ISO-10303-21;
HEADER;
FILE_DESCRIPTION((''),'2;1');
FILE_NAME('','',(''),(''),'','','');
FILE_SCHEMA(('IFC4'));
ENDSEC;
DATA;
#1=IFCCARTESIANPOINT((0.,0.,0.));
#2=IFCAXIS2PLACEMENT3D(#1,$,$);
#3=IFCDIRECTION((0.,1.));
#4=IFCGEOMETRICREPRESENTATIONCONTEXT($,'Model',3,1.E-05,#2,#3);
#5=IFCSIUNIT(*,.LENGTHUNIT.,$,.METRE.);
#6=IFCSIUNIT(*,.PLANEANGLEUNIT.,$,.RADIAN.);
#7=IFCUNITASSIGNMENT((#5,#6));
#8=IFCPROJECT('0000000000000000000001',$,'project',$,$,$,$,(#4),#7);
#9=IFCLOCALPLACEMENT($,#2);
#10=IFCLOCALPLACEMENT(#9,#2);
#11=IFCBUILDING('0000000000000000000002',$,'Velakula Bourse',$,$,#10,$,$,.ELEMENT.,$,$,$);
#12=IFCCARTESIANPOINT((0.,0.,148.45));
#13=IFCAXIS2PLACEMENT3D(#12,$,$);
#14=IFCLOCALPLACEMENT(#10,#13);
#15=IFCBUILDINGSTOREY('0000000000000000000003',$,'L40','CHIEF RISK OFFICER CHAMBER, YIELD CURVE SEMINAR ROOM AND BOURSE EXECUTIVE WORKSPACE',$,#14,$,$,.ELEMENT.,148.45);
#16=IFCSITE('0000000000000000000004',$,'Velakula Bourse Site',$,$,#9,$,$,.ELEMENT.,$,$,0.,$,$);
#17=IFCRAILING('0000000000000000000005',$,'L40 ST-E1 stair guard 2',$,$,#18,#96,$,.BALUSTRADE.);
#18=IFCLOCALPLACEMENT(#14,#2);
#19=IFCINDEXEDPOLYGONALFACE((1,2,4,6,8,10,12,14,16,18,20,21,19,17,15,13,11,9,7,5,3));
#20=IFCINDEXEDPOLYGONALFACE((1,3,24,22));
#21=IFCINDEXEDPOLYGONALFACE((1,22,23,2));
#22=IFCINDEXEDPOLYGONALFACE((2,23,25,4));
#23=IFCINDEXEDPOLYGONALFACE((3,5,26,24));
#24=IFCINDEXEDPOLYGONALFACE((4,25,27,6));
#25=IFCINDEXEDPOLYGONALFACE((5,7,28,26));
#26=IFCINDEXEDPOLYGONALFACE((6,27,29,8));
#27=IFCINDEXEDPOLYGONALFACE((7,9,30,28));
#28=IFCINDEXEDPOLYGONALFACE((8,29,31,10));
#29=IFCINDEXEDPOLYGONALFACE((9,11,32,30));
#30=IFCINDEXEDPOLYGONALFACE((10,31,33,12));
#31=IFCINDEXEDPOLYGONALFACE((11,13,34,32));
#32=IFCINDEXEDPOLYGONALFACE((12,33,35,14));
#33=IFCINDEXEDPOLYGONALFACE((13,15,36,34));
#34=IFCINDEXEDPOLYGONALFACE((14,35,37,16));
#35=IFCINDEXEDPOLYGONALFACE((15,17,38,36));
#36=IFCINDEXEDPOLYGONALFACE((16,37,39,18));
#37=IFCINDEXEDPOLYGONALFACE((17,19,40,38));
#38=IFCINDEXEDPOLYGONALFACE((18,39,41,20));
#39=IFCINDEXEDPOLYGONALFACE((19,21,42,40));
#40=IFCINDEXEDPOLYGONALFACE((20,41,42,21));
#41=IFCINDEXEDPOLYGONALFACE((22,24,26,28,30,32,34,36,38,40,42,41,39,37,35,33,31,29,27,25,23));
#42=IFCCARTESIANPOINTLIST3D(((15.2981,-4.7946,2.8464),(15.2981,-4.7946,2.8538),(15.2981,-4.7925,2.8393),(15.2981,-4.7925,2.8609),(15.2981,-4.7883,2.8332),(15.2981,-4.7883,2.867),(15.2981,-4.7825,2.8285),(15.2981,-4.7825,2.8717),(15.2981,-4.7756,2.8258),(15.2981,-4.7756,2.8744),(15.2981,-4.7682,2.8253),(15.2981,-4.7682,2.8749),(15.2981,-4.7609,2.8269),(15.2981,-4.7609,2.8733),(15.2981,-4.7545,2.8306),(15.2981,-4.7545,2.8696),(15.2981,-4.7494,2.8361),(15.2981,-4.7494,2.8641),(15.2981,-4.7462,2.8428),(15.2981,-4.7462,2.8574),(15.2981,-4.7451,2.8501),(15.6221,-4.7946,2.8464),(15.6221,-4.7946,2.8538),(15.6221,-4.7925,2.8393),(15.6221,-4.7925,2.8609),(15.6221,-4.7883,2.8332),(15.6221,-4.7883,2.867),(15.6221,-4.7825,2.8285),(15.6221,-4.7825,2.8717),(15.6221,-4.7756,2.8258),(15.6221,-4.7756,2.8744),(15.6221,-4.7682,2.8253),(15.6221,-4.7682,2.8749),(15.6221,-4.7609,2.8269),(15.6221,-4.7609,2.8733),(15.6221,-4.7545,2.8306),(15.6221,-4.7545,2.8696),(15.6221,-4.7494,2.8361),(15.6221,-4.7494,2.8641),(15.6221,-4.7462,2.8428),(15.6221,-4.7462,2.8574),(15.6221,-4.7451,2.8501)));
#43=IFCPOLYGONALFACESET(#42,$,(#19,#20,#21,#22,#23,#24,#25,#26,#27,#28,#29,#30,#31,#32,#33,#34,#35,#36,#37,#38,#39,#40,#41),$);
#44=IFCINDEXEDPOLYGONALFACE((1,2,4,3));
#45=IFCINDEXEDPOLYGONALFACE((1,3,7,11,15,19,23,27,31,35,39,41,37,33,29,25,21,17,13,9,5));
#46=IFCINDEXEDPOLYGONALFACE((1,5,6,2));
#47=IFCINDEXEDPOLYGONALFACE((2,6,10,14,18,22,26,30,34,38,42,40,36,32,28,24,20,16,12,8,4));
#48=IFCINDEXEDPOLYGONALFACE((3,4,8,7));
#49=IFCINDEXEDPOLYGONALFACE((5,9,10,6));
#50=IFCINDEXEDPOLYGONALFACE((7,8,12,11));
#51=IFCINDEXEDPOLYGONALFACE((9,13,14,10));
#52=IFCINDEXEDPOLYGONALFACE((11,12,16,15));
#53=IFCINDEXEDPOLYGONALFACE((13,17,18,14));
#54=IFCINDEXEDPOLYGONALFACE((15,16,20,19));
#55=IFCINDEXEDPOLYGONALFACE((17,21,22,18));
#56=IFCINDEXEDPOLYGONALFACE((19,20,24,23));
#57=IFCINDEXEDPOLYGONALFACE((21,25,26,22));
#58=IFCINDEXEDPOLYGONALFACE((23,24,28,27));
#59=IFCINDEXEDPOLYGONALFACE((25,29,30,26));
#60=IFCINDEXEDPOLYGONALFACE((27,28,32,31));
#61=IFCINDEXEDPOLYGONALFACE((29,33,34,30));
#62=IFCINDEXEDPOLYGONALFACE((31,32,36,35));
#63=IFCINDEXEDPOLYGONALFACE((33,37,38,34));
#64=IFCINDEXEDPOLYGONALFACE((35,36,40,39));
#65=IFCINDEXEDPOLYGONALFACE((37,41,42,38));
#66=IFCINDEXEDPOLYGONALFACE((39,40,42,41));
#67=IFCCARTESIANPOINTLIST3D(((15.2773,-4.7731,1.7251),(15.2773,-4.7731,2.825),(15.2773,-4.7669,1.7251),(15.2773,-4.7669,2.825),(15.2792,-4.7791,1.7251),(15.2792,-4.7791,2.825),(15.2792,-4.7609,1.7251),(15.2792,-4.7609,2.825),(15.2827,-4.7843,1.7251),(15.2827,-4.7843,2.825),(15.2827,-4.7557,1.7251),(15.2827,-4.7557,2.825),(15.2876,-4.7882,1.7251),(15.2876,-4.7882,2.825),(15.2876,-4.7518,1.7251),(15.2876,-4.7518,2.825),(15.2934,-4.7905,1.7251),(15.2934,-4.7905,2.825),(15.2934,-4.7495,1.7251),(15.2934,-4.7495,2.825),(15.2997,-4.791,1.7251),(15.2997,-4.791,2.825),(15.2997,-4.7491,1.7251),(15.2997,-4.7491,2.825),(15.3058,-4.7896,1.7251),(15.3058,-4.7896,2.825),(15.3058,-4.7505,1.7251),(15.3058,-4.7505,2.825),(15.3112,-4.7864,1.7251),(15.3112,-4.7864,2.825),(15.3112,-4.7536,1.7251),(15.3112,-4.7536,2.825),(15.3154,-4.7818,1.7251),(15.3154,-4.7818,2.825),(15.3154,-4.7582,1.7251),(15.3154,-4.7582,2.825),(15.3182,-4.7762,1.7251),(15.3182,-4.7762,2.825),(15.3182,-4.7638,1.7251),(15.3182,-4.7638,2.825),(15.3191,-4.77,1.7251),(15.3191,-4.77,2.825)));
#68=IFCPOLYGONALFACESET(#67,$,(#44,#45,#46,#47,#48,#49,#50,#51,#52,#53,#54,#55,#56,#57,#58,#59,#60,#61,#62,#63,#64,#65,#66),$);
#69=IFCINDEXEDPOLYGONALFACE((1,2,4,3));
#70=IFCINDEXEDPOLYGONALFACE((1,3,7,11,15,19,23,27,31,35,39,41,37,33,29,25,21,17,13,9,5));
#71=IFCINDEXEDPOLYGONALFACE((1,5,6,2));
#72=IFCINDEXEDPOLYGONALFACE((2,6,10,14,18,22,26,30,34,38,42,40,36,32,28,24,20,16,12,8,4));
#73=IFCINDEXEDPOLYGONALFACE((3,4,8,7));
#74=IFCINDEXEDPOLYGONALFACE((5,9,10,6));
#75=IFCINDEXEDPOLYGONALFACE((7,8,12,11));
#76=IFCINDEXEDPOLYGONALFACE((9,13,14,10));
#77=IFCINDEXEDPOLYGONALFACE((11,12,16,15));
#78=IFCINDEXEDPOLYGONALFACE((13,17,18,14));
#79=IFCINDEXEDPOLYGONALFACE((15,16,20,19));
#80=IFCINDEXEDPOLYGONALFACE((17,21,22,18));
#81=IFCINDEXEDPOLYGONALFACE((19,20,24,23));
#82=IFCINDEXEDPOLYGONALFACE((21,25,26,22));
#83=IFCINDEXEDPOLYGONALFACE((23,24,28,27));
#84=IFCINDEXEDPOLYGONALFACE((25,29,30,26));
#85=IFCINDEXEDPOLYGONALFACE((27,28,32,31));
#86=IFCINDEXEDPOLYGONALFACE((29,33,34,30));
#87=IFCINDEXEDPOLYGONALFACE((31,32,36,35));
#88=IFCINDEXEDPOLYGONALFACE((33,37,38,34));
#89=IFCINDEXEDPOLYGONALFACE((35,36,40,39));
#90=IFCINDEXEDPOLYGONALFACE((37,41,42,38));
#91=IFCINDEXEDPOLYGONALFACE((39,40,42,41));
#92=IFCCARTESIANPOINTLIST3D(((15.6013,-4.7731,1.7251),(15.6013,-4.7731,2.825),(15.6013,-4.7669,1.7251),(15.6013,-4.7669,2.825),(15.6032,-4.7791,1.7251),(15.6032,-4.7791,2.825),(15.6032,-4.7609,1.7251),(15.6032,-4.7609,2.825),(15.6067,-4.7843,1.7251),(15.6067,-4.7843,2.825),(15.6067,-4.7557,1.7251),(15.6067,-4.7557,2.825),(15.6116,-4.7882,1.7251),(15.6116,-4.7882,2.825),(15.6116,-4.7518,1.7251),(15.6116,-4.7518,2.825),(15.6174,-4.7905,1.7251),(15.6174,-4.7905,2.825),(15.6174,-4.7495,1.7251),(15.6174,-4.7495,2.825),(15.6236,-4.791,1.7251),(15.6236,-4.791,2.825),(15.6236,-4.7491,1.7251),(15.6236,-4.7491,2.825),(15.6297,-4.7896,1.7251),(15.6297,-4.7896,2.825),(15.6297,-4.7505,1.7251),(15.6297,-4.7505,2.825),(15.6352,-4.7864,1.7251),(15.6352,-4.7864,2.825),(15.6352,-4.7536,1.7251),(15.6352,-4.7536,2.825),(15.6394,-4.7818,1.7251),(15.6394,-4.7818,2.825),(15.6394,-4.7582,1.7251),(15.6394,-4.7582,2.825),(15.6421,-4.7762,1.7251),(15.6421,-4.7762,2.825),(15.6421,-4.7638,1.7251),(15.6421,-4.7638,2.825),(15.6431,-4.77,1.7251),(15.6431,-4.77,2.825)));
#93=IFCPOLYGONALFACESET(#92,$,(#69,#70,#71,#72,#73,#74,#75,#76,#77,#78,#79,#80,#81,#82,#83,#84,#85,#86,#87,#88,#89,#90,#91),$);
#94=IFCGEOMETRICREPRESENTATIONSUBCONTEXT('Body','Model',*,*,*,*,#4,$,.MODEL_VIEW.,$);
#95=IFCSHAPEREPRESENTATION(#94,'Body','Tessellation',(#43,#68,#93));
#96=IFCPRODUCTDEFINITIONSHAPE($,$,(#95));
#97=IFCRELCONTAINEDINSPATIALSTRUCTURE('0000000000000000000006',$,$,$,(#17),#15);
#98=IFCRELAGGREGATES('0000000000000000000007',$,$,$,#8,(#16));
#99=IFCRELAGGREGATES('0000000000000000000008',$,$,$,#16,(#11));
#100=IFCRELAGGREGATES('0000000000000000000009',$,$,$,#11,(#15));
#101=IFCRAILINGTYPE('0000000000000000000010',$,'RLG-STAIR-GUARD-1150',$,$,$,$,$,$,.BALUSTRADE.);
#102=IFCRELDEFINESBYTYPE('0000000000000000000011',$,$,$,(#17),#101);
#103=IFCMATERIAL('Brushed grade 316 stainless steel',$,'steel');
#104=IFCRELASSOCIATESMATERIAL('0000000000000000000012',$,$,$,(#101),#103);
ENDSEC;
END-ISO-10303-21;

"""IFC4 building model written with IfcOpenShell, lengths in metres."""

from ifc_helpers import new_model, si_unit, direction, frame, origin, origin_2d, place, context, subcontext, project, spatial, circle, extrude, material, type_object, element, save


model = new_model("IFC4")

# Units and contexts
model_context = context("Model", 3, precision=1e-05, world=origin(), true_north=direction((0.0, 1.0)))
body_context = subcontext(model_context, "Body", "Model", "MODEL_VIEW")
ifc_project = project(units=[si_unit("LENGTHUNIT", "METRE"), si_unit("PLANEANGLEUNIT", "RADIAN")], contexts=[model_context])

# Site, building, storey
site_placement = place(None, origin())
site = spatial("IfcSite", under=ifc_project, at=site_placement, Name="Velakula Bourse Site", CompositionType="ELEMENT", RefElevation=0.0)
building_placement = place(site_placement, origin())
building = spatial("IfcBuilding", under=site, at=building_placement, Name="Velakula Bourse", CompositionType="ELEMENT")
storey_placement = place(building_placement, frame((0.0, 0.0, 148.45)))
storey = spatial("IfcBuildingStorey", under=building, at=storey_placement, Name="L40", Description="CHIEF RISK OFFICER CHAMBER, YIELD CURVE SEMINAR ROOM AND BOURSE EXECUTIVE WORKSPACE", CompositionType="ELEMENT", Elevation=148.45)

# Shared definitions
ifc_material_1 = material(Name="Brushed grade 316 stainless steel", Category="steel")

# Railing
railing_type_1 = type_object("IfcRailingType", Name="RLG-STAIR-GUARD-1150", PredefinedType="BALUSTRADE", material=ifc_material_1)
railing_1_placement = place(storey_placement, frame((15.2981, -4.77, 1.7251)))
element("IfcRailing", 1, at=railing_1_placement, inside=storey, type_object=railing_type_1, Name="L40 ST-E1 stair guard 2", PredefinedType="BALUSTRADE", context=body_context, shape_type="SweptSolid", body=[
    extrude(circle(Radius=0.0249, at=origin_2d()), frame((0.0, 0.0, 1.125), z_axis=(1.0, 0.0, 0.0), x_axis=(0.0, 1.0, 0.0)), (0.0, 0.0, 1.0), 0.324),
    extrude(circle(Radius=0.021, at=origin_2d()), origin(), (0.0, 0.0, 1.0), 1.0999),
    extrude(circle(Radius=0.021, at=origin_2d()), frame((0.324, 0.0, 0.0)), (0.0, 0.0, 1.0), 1.0999),
])

save(model, "model.ifc")
